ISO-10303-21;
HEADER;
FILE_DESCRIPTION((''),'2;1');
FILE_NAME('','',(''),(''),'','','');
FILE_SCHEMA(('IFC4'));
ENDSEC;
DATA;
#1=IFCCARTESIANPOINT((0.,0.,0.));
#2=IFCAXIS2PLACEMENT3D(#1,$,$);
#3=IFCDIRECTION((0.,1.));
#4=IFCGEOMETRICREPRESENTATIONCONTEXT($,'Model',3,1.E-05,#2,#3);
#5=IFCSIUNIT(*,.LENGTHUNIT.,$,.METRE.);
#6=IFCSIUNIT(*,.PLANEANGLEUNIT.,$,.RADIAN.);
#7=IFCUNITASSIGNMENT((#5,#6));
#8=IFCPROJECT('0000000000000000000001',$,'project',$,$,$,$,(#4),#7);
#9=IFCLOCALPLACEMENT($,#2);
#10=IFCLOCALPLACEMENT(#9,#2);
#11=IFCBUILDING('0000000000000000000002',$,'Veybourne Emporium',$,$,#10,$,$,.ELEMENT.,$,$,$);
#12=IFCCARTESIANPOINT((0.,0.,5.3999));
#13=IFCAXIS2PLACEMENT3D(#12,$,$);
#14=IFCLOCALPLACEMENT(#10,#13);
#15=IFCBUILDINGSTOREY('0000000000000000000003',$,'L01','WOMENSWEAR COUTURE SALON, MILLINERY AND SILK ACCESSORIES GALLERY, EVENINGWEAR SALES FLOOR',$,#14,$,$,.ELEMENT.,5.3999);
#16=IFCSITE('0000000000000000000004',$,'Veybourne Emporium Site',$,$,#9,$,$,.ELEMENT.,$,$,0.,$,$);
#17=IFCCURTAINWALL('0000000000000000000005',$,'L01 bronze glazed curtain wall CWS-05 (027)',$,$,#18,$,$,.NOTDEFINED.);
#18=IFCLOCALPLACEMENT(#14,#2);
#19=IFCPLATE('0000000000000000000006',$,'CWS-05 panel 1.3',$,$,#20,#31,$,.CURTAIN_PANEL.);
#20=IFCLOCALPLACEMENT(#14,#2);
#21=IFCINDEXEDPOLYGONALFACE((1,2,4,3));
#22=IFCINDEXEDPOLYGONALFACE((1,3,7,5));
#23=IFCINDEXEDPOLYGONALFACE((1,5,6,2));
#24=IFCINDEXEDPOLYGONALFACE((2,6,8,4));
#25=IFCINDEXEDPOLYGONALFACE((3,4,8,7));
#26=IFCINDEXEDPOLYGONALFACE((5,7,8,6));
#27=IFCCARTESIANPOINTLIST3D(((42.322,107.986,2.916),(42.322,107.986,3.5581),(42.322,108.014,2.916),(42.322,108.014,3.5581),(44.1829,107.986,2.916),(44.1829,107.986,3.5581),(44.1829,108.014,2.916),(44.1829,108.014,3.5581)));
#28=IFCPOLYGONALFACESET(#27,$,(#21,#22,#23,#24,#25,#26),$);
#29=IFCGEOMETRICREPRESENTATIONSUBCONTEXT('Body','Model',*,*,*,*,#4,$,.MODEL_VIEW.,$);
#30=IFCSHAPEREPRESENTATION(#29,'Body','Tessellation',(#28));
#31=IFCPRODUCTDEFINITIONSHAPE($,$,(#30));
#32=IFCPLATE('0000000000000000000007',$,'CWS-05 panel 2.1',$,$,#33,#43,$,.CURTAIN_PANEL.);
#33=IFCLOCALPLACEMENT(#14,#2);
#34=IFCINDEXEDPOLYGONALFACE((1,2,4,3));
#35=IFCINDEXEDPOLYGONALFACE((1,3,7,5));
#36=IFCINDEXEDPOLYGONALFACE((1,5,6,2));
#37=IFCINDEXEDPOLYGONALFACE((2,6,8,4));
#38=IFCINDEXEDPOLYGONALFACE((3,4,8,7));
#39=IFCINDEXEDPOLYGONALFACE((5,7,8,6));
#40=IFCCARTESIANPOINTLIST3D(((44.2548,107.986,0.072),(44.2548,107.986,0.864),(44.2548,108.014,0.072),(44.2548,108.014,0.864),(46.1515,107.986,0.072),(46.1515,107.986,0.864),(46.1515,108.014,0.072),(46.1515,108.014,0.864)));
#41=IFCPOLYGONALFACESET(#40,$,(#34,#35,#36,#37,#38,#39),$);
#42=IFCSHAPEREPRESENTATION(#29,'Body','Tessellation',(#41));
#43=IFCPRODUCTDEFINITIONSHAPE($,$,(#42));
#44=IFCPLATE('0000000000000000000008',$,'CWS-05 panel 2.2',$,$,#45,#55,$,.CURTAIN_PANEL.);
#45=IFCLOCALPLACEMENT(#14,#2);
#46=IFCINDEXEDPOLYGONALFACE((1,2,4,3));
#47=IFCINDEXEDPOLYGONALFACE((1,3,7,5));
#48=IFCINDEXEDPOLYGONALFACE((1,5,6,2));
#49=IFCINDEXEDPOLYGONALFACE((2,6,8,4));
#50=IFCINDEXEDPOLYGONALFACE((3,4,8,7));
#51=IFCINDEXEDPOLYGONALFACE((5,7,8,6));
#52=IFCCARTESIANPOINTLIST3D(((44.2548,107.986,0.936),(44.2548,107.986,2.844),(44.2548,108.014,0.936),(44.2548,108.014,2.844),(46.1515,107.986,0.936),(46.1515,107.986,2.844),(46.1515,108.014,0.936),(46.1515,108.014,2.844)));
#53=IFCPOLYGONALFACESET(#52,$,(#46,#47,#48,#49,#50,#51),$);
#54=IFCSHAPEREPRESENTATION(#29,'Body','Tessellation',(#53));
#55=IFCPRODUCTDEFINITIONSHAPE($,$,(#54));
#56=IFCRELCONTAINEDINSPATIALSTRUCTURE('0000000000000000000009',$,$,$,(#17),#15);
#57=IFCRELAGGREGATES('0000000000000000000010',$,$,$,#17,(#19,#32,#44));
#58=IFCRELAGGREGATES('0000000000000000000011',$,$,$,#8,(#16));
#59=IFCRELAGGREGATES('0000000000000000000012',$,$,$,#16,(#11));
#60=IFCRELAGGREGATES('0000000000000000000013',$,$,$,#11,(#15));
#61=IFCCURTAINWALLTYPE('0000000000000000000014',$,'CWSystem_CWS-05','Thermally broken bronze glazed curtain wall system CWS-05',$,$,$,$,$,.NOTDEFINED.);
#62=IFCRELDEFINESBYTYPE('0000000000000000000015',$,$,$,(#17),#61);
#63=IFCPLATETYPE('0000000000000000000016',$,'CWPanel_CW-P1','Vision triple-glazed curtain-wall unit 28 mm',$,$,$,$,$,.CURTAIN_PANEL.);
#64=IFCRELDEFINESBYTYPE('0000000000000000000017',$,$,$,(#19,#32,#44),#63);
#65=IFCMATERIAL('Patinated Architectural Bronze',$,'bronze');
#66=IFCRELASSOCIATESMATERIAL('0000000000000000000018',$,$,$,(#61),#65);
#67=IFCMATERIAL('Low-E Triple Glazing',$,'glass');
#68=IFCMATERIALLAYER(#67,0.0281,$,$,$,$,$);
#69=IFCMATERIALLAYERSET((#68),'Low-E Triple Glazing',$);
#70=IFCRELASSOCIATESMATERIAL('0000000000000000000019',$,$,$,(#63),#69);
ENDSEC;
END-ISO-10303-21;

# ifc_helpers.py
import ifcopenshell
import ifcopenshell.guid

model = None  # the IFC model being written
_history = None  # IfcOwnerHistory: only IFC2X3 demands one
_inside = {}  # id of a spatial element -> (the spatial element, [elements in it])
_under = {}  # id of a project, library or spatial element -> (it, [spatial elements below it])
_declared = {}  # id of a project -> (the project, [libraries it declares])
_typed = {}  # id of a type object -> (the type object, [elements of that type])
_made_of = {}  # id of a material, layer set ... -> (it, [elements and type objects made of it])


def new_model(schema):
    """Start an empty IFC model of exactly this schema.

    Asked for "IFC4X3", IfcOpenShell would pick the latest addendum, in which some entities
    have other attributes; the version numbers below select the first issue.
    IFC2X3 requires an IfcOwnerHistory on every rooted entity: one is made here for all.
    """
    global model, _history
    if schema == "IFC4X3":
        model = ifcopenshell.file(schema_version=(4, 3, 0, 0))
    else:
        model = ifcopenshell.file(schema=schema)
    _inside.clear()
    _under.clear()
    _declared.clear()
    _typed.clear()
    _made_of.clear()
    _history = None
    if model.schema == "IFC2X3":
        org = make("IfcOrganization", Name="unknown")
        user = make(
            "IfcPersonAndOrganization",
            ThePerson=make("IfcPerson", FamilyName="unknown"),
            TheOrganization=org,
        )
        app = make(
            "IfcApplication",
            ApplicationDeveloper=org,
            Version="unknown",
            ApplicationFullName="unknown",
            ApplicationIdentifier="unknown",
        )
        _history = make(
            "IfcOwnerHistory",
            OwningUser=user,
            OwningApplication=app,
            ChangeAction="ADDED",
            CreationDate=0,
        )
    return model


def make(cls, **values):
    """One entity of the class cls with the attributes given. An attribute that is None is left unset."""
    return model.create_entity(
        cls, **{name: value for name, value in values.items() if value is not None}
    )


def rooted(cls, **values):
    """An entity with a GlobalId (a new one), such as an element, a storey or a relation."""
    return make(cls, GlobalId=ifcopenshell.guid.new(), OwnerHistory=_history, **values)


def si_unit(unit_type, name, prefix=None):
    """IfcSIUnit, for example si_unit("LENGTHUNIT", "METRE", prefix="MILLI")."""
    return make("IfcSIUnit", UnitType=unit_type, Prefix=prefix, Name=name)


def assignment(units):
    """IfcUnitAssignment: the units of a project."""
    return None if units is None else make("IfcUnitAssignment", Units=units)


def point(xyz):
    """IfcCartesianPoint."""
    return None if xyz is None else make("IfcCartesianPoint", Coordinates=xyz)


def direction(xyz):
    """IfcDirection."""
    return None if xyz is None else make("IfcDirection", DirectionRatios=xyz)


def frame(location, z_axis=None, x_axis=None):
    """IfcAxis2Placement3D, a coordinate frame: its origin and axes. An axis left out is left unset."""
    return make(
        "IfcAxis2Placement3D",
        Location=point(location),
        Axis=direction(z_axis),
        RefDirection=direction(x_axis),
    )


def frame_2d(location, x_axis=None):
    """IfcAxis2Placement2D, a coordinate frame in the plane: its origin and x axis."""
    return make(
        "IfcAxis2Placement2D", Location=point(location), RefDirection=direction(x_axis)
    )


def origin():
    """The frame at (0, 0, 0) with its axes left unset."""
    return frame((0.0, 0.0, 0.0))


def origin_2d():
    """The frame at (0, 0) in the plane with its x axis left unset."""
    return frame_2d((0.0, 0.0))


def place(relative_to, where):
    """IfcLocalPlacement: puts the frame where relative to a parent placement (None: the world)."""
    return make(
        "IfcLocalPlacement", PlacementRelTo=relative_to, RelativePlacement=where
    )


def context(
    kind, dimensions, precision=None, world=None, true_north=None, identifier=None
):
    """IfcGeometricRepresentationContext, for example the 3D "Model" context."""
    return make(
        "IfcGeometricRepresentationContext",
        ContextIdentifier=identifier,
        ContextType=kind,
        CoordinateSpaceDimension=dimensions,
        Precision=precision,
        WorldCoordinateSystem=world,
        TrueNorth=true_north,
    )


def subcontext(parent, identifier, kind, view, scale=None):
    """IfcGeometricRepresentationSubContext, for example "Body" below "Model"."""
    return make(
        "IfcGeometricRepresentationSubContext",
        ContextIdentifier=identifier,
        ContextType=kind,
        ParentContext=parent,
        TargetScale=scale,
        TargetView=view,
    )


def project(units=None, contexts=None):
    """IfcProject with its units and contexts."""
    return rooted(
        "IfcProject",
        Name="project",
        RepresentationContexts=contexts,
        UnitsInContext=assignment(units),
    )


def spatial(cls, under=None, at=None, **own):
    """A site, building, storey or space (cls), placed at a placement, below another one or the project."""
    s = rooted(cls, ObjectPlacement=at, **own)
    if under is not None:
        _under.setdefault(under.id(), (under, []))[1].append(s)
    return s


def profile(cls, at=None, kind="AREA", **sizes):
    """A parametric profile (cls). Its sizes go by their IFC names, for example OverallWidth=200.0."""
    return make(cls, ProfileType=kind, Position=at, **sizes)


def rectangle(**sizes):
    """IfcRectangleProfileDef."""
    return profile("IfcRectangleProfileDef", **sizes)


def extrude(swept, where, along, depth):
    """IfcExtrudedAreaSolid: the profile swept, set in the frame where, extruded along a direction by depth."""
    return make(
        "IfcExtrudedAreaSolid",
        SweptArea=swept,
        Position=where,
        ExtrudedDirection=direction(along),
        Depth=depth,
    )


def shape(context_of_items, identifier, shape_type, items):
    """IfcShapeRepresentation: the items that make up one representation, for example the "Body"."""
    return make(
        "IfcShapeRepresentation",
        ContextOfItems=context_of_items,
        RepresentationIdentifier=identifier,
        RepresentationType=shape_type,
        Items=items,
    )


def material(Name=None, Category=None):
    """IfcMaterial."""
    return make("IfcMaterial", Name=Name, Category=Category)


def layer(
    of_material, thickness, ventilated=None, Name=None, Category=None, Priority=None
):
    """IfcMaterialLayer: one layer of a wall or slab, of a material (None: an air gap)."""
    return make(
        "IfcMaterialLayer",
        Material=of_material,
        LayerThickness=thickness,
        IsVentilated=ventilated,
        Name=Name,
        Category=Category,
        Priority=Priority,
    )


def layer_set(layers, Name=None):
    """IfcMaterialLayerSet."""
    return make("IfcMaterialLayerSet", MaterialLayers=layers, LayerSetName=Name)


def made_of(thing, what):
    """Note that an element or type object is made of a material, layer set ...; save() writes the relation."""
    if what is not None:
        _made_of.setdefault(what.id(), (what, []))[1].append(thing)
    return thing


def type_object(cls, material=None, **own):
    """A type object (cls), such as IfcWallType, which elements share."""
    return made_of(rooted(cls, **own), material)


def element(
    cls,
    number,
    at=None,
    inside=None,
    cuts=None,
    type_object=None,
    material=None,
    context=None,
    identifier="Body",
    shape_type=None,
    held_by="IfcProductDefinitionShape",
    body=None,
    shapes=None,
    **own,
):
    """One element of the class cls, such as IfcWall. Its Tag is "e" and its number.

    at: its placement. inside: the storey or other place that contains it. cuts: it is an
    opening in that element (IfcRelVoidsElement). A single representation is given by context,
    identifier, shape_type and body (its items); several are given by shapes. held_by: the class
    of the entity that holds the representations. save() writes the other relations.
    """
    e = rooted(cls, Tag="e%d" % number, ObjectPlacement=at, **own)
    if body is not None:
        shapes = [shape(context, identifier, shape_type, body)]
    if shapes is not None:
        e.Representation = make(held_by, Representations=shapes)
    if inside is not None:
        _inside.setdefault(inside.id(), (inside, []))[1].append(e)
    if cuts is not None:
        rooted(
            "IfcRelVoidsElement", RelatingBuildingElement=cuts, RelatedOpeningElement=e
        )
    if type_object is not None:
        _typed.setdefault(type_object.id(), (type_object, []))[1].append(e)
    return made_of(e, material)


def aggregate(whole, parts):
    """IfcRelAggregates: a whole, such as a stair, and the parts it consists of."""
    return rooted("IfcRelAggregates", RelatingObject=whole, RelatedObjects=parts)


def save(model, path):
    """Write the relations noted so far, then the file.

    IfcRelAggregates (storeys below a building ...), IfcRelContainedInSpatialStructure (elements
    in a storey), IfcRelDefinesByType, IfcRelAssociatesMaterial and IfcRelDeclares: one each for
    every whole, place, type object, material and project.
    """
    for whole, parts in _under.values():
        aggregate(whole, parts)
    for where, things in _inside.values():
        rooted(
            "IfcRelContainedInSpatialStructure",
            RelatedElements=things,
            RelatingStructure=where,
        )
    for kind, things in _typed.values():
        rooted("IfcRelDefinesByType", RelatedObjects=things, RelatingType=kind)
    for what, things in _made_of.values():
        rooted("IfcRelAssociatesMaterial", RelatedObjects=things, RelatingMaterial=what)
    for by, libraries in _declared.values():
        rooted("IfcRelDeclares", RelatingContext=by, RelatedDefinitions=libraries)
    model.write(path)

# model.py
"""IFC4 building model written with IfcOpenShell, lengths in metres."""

from ifc_helpers import new_model, si_unit, direction, frame, origin, origin_2d, place, context, subcontext, project, spatial, rectangle, extrude, material, layer, layer_set, type_object, element, aggregate, save


model = new_model("IFC4")

# Units and contexts
model_context = context("Model", 3, precision=1e-05, world=origin(), true_north=direction((0.0, 1.0)))
body_context = subcontext(model_context, "Body", "Model", "MODEL_VIEW")
ifc_project = project(units=[si_unit("LENGTHUNIT", "METRE"), si_unit("PLANEANGLEUNIT", "RADIAN")], contexts=[model_context])

# Site, building, storey
site_placement = place(None, origin())
site = spatial("IfcSite", under=ifc_project, at=site_placement, Name="Veybourne Emporium Site", CompositionType="ELEMENT", RefElevation=0.0)
building_placement = place(site_placement, origin())
building = spatial("IfcBuilding", under=site, at=building_placement, Name="Veybourne Emporium", CompositionType="ELEMENT")
storey_placement = place(building_placement, frame((0.0, 0.0, 5.3999)))
storey = spatial("IfcBuildingStorey", under=building, at=storey_placement, Name="L01", Description="WOMENSWEAR COUTURE SALON, MILLINERY AND SILK ACCESSORIES GALLERY, EVENINGWEAR SALES FLOOR", CompositionType="ELEMENT", Elevation=5.3999)

# Curtain wall
ifc_material_1 = material(Name="Patinated Architectural Bronze", Category="bronze")
curtain_wall_type = type_object("IfcCurtainWallType", Name="CWSystem_CWS-05", Description="Thermally broken bronze glazed curtain wall system CWS-05", PredefinedType="NOTDEFINED", material=ifc_material_1)
curtain_wall_placement = place(storey_placement, origin())
curtain_wall = element("IfcCurtainWall", 1, at=curtain_wall_placement, inside=storey, type_object=curtain_wall_type, Name="L01 bronze glazed curtain wall CWS-05 (027)", PredefinedType="NOTDEFINED")

# Plates
ifc_material_2 = material(Name="Low-E Triple Glazing", Category="glass")
ifc_layer = layer(ifc_material_2, 0.0281)
ifc_layer_set = layer_set([ifc_layer], Name="Low-E Triple Glazing")
plate_type = type_object("IfcPlateType", Name="CWPanel_CW-P1", Description="Vision triple-glazed curtain-wall unit 28 mm", PredefinedType="CURTAIN_PANEL", material=ifc_layer_set)
plate_1_placement = place(storey_placement, frame((43.2524, 108.0, 2.916), z_axis=(0.0, 0.0, 1.0), x_axis=(1.0, 0.0, 0.0)))
plate_1 = element("IfcPlate", 2, at=plate_1_placement, type_object=plate_type, Name="CWS-05 panel 1.3", PredefinedType="CURTAIN_PANEL", context=body_context, shape_type="SweptSolid", body=[
    extrude(rectangle(XDim=1.8608, YDim=0.0281, at=origin_2d()), origin(), (0.0, 0.0, 1.0), 0.6421),
])
plate_2_placement = place(storey_placement, frame((45.2031, 108.0, 0.072), z_axis=(0.0, 0.0, 1.0), x_axis=(1.0, 0.0, 0.0)))
plate_2 = element("IfcPlate", 3, at=plate_2_placement, type_object=plate_type, Name="CWS-05 panel 2.1", PredefinedType="CURTAIN_PANEL", context=body_context, shape_type="SweptSolid", body=[
    extrude(rectangle(XDim=1.8967, YDim=0.0281, at=origin_2d()), origin(), (0.0, 0.0, 1.0), 0.792),
])
plate_3_placement = place(storey_placement, frame((45.2031, 108.0, 0.936), z_axis=(0.0, 0.0, 1.0), x_axis=(1.0, 0.0, 0.0)))
plate_3 = element("IfcPlate", 4, at=plate_3_placement, type_object=plate_type, Name="CWS-05 panel 2.2", PredefinedType="CURTAIN_PANEL", context=body_context, shape_type="SweptSolid", body=[
    extrude(rectangle(XDim=1.8967, YDim=0.0281, at=origin_2d()), origin(), (0.0, 0.0, 1.0), 1.908),
])
aggregate(curtain_wall, [plate_1, plate_2, plate_3])

save(model, "model.ifc")
